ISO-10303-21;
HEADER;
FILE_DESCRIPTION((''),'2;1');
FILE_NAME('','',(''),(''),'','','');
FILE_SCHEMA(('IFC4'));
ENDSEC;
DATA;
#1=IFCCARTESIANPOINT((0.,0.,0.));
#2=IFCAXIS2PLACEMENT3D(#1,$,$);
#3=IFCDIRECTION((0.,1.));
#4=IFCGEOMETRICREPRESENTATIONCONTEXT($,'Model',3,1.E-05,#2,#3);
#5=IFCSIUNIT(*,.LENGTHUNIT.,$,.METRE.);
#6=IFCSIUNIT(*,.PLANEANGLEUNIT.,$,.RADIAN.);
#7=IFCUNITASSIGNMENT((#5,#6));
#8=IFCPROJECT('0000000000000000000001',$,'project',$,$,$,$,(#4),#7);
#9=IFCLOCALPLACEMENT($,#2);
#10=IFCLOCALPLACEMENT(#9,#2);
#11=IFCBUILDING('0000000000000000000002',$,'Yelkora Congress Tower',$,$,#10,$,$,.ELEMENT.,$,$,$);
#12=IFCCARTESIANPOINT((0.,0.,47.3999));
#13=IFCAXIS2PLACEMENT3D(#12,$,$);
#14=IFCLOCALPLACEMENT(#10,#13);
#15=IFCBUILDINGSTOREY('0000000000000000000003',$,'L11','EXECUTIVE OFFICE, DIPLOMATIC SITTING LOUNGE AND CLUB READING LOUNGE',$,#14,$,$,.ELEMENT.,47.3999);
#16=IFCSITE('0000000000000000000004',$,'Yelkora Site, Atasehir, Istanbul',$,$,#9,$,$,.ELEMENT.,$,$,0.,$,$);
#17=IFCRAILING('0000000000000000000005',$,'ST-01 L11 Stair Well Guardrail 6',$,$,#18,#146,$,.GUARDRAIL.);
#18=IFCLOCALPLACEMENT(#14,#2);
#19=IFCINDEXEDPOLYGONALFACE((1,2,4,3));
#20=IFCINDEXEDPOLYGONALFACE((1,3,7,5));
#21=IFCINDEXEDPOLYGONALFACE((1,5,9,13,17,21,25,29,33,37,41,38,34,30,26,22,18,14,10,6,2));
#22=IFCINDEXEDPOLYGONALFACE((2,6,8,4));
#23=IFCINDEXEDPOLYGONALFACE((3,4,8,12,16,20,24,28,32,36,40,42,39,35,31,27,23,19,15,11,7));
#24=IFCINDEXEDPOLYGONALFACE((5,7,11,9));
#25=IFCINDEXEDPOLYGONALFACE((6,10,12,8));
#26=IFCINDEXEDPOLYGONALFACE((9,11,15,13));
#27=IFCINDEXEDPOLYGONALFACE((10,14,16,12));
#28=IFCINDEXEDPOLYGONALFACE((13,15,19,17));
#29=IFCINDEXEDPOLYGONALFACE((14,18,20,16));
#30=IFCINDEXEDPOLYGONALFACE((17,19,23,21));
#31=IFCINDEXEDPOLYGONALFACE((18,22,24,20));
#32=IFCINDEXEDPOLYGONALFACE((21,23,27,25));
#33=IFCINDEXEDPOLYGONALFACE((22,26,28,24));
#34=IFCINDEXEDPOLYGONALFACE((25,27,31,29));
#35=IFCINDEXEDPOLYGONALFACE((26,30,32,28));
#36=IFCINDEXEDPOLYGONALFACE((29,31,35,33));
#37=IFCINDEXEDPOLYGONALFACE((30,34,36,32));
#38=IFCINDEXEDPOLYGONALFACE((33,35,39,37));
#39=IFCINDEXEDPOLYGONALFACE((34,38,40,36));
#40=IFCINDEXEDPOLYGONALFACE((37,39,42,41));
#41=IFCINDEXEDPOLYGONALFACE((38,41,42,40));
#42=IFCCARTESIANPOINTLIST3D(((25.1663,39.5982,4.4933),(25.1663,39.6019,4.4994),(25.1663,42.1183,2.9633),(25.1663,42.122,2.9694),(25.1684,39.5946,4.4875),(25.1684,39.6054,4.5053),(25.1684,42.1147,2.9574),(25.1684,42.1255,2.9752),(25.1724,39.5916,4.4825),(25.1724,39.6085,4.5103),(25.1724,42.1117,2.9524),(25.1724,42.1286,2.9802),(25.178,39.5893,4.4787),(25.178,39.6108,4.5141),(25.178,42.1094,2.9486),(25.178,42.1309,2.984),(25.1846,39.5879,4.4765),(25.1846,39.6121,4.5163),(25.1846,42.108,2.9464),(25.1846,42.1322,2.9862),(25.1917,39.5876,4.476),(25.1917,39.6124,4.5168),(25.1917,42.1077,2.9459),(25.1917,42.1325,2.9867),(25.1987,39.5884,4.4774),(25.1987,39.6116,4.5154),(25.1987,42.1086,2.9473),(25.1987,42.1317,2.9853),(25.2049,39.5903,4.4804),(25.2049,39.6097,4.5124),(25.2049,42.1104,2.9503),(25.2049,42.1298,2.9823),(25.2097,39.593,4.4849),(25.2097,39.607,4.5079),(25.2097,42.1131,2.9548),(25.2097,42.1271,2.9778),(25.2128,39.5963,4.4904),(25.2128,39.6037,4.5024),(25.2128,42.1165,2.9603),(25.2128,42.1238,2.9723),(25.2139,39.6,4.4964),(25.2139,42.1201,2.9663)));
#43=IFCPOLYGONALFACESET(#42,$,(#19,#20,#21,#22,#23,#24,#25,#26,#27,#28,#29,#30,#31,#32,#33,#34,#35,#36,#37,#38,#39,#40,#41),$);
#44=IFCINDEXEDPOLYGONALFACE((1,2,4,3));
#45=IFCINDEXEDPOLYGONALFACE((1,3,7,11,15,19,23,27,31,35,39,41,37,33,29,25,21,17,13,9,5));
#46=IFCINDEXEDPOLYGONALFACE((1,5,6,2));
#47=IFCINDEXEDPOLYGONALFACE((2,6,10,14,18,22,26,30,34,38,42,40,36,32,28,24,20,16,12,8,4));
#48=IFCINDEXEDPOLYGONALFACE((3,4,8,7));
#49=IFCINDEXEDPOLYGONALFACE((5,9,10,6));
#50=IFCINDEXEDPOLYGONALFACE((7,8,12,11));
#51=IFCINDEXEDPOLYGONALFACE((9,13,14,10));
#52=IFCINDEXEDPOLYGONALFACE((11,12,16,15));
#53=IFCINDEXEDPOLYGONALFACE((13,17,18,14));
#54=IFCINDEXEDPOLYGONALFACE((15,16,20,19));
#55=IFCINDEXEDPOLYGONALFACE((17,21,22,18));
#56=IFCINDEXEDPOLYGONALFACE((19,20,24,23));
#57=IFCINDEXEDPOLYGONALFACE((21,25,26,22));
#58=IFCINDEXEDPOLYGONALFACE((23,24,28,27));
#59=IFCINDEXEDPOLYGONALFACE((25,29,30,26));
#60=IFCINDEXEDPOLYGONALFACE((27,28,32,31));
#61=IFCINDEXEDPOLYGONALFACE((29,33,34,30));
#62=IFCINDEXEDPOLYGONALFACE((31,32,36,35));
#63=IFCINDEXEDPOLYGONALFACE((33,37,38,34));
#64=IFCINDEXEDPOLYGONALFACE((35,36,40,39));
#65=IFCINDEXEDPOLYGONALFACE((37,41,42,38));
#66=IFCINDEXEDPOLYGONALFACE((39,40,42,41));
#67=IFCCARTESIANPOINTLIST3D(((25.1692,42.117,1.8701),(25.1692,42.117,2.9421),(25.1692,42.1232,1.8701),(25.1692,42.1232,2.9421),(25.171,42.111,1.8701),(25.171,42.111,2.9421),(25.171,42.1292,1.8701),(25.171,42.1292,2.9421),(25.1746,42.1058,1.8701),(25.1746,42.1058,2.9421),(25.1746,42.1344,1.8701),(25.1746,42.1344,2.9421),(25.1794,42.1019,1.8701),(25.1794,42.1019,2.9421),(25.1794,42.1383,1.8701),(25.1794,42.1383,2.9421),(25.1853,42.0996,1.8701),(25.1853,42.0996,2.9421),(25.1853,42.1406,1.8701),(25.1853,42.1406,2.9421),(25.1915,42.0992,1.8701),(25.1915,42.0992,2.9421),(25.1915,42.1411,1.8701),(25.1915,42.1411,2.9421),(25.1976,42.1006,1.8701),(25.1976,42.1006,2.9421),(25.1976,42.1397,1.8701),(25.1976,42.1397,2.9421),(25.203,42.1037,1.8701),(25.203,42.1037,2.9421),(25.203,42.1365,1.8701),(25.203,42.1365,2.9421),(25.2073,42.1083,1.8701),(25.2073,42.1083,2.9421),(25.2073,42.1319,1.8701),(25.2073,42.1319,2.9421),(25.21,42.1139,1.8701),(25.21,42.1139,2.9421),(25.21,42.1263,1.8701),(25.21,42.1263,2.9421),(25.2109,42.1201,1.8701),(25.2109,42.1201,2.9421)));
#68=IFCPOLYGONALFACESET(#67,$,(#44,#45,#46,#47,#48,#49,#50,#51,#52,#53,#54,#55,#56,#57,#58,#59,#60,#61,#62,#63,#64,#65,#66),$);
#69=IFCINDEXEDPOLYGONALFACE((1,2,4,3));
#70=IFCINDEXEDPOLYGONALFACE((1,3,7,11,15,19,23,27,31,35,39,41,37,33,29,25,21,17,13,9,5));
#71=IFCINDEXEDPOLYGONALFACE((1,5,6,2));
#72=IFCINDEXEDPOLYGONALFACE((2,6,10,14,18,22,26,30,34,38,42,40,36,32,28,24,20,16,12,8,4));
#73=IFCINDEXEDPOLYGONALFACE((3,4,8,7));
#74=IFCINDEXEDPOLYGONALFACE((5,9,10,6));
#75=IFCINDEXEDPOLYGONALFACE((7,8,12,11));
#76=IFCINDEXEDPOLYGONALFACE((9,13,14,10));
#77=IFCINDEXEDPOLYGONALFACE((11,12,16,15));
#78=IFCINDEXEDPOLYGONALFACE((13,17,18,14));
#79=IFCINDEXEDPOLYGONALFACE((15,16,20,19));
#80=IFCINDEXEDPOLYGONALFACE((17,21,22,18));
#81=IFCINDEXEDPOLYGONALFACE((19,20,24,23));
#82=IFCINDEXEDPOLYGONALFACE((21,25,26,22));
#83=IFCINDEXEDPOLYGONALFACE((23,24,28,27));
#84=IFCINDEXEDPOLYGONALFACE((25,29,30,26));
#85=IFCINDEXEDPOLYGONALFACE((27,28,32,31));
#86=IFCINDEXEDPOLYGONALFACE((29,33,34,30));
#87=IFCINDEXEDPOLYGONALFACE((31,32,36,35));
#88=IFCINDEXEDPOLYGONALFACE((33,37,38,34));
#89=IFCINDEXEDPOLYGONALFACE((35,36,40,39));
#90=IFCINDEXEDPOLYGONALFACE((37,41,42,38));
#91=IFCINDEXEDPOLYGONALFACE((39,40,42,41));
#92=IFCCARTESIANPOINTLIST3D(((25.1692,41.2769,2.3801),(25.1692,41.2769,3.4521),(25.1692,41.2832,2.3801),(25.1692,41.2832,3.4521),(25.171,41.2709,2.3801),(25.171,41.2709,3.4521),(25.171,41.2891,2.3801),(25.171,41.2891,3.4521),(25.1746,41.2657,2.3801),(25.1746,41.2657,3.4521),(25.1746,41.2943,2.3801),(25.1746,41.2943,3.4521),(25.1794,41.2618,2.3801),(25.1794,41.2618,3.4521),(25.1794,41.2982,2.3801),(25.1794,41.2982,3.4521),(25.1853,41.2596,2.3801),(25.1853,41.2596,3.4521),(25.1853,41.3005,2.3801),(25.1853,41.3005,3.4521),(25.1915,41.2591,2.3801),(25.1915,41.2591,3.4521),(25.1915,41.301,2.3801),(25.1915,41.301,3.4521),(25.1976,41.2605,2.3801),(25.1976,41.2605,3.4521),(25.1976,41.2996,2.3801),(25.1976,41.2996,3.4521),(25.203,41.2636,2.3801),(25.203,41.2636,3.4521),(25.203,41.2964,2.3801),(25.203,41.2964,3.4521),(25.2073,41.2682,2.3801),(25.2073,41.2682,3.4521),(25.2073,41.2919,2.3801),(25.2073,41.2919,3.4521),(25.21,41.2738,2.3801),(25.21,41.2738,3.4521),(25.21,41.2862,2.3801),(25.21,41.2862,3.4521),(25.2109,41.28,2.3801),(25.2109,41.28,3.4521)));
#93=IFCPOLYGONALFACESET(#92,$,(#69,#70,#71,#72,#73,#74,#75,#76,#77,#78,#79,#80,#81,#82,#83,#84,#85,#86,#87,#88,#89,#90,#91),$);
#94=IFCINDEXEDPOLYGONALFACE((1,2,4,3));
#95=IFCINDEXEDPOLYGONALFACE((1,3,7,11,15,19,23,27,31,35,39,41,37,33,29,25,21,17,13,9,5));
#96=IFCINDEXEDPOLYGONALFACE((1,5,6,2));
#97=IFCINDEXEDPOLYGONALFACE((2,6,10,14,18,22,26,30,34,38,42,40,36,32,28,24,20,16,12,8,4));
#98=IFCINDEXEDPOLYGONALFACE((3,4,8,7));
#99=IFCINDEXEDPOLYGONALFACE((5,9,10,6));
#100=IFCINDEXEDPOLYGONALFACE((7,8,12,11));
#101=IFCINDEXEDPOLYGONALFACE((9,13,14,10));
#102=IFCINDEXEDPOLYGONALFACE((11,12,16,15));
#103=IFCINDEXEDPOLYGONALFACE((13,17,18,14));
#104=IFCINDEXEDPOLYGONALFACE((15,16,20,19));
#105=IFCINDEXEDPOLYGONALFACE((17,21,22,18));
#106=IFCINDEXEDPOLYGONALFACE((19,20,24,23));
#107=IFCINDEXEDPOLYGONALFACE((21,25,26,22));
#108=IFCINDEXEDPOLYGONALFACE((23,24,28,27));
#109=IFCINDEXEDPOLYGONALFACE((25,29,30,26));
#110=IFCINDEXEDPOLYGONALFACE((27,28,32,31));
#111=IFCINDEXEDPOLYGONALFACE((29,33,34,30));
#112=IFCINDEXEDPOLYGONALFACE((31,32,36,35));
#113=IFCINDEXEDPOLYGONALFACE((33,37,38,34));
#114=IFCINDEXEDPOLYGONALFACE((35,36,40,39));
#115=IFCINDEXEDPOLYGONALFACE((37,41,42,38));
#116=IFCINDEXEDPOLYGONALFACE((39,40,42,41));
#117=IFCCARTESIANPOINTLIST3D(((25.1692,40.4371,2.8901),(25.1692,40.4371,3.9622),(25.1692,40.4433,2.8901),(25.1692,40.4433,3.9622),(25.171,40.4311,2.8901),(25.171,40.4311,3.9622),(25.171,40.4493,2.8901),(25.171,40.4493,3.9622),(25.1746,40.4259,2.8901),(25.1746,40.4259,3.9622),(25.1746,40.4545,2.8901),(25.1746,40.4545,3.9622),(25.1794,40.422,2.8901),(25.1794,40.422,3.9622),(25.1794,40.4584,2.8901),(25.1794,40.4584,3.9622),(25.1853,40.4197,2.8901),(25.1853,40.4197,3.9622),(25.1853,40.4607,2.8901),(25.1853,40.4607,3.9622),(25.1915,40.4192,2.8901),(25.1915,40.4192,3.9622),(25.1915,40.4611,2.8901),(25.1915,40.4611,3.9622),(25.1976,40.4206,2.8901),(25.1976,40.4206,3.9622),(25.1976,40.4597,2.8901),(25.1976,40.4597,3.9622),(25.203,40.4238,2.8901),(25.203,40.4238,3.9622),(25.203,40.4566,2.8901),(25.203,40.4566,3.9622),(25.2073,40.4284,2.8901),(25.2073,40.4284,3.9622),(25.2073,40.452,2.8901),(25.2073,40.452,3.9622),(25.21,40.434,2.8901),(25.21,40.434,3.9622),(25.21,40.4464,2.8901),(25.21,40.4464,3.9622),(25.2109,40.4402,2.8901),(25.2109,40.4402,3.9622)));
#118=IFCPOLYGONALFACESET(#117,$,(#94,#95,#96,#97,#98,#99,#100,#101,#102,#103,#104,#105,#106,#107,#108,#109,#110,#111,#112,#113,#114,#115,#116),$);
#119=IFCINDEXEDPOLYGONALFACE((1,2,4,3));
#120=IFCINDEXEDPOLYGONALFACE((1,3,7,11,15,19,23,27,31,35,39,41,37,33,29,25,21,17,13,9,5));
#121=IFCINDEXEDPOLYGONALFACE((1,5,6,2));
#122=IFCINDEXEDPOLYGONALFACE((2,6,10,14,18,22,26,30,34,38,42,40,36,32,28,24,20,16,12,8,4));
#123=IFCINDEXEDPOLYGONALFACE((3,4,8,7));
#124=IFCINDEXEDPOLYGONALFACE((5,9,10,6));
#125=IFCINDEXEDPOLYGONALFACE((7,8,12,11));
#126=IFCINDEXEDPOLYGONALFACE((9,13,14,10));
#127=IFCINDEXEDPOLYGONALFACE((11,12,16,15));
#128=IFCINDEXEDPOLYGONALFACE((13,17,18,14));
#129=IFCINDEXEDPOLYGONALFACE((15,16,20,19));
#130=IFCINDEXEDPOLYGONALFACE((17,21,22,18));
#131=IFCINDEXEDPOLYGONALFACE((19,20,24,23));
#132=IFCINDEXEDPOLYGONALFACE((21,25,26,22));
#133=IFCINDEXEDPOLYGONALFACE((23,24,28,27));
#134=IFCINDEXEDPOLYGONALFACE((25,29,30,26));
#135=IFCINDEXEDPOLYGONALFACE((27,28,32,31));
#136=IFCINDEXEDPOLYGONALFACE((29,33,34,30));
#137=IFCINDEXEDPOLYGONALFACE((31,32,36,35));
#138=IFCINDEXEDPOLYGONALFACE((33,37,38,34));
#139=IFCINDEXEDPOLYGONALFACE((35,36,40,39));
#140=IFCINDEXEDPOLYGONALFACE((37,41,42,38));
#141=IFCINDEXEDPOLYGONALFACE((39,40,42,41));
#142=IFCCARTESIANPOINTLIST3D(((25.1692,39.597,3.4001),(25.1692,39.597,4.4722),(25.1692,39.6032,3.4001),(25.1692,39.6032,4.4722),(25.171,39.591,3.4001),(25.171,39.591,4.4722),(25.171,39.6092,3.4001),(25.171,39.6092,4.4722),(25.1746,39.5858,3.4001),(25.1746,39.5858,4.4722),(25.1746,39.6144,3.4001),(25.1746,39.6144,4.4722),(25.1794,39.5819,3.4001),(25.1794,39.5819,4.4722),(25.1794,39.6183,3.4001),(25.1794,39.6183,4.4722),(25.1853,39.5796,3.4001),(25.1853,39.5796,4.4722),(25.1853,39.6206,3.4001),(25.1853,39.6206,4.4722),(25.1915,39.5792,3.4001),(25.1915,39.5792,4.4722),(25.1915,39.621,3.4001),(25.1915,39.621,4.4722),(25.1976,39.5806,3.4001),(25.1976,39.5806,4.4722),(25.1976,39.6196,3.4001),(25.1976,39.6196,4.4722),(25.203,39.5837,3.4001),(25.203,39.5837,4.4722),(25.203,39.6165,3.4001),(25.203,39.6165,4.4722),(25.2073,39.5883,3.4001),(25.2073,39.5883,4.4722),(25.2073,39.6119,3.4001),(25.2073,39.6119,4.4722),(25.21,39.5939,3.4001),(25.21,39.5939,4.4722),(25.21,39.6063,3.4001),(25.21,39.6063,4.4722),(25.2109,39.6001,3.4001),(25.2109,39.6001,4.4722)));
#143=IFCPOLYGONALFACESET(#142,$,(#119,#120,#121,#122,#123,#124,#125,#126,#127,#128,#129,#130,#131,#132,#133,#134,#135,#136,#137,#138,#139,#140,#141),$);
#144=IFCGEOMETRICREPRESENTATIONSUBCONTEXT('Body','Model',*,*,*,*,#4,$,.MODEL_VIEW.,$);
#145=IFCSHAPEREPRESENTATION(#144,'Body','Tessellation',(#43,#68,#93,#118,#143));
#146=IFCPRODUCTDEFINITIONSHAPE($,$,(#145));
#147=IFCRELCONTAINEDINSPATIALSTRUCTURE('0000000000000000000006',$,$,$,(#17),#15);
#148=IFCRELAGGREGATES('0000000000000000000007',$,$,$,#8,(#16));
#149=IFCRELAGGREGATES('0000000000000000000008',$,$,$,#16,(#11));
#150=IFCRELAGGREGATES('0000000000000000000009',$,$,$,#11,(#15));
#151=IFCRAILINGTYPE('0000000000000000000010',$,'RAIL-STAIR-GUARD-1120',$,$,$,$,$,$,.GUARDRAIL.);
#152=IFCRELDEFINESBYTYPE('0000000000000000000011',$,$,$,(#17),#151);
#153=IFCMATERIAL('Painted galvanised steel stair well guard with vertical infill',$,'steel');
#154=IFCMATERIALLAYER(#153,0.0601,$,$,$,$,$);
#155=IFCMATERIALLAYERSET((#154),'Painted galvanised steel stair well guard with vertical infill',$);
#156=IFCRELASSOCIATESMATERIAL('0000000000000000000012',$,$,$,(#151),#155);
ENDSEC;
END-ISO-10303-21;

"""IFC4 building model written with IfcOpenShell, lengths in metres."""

from ifc_helpers import new_model, si_unit, direction, frame, origin, origin_2d, place, context, subcontext, project, spatial, circle, extrude, material, layer, layer_set, type_object, element, save


model = new_model("IFC4")

# Units and contexts
model_context = context("Model", 3, precision=1e-05, world=origin(), true_north=direction((0.0, 1.0)))
body_context = subcontext(model_context, "Body", "Model", "MODEL_VIEW")
ifc_project = project(units=[si_unit("LENGTHUNIT", "METRE"), si_unit("PLANEANGLEUNIT", "RADIAN")], contexts=[model_context])

# Site, building, storey
site_placement = place(None, origin())
site = spatial("IfcSite", under=ifc_project, at=site_placement, Name="Yelkora Site, Atasehir, Istanbul", CompositionType="ELEMENT", RefElevation=0.0)
building_placement = place(site_placement, origin())
building = spatial("IfcBuilding", under=site, at=building_placement, Name="Yelkora Congress Tower", CompositionType="ELEMENT")
storey_placement = place(building_placement, frame((0.0, 0.0, 47.3999)))
storey = spatial("IfcBuildingStorey", under=building, at=storey_placement, Name="L11", Description="EXECUTIVE OFFICE, DIPLOMATIC SITTING LOUNGE AND CLUB READING LOUNGE", CompositionType="ELEMENT", Elevation=47.3999)

# Railing
ifc_material_1 = material(Name="Painted galvanised steel stair well guard with vertical infill", Category="steel")
ifc_layer_1 = layer(ifc_material_1, 0.0601)
ifc_layer_set_1 = layer_set([ifc_layer_1], Name="Painted galvanised steel stair well guard with vertical infill")
railing_type_1 = type_object("IfcRailingType", Name="RAIL-STAIR-GUARD-1120", PredefinedType="GUARDRAIL", material=ifc_layer_set_1)
railing_1_placement = place(storey_placement, frame((25.1899, 42.1201, 1.8701)))
element("IfcRailing", 1, at=railing_1_placement, inside=storey, type_object=railing_type_1, Name="ST-01 L11 Stair Well Guardrail 6", PredefinedType="GUARDRAIL", context=body_context, shape_type="SweptSolid", body=[
    extrude(circle(Radius=0.0239, at=origin_2d()), frame((0.0, 0.0, 1.0962), z_axis=(0.0, -0.854785, 0.518982), x_axis=(1.0, 0.0, 0.0)), (0.0, 0.0, 1.0), 2.9482),
    extrude(circle(Radius=0.021, at=origin_2d()), origin(), (0.0, 0.0, 1.0), 1.072),
    extrude(circle(Radius=0.021, at=origin_2d()), frame((0.0, -0.8401, 0.51)), (0.0, 0.0, 1.0), 1.072),
    extrude(circle(Radius=0.021, at=origin_2d()), frame((0.0, -1.6799, 1.02)), (0.0, 0.0, 1.0), 1.072),
    extrude(circle(Radius=0.021, at=origin_2d()), frame((0.0, -2.52, 1.53)), (0.0, 0.0, 1.0), 1.072),
])

save(model, "model.ifc")
